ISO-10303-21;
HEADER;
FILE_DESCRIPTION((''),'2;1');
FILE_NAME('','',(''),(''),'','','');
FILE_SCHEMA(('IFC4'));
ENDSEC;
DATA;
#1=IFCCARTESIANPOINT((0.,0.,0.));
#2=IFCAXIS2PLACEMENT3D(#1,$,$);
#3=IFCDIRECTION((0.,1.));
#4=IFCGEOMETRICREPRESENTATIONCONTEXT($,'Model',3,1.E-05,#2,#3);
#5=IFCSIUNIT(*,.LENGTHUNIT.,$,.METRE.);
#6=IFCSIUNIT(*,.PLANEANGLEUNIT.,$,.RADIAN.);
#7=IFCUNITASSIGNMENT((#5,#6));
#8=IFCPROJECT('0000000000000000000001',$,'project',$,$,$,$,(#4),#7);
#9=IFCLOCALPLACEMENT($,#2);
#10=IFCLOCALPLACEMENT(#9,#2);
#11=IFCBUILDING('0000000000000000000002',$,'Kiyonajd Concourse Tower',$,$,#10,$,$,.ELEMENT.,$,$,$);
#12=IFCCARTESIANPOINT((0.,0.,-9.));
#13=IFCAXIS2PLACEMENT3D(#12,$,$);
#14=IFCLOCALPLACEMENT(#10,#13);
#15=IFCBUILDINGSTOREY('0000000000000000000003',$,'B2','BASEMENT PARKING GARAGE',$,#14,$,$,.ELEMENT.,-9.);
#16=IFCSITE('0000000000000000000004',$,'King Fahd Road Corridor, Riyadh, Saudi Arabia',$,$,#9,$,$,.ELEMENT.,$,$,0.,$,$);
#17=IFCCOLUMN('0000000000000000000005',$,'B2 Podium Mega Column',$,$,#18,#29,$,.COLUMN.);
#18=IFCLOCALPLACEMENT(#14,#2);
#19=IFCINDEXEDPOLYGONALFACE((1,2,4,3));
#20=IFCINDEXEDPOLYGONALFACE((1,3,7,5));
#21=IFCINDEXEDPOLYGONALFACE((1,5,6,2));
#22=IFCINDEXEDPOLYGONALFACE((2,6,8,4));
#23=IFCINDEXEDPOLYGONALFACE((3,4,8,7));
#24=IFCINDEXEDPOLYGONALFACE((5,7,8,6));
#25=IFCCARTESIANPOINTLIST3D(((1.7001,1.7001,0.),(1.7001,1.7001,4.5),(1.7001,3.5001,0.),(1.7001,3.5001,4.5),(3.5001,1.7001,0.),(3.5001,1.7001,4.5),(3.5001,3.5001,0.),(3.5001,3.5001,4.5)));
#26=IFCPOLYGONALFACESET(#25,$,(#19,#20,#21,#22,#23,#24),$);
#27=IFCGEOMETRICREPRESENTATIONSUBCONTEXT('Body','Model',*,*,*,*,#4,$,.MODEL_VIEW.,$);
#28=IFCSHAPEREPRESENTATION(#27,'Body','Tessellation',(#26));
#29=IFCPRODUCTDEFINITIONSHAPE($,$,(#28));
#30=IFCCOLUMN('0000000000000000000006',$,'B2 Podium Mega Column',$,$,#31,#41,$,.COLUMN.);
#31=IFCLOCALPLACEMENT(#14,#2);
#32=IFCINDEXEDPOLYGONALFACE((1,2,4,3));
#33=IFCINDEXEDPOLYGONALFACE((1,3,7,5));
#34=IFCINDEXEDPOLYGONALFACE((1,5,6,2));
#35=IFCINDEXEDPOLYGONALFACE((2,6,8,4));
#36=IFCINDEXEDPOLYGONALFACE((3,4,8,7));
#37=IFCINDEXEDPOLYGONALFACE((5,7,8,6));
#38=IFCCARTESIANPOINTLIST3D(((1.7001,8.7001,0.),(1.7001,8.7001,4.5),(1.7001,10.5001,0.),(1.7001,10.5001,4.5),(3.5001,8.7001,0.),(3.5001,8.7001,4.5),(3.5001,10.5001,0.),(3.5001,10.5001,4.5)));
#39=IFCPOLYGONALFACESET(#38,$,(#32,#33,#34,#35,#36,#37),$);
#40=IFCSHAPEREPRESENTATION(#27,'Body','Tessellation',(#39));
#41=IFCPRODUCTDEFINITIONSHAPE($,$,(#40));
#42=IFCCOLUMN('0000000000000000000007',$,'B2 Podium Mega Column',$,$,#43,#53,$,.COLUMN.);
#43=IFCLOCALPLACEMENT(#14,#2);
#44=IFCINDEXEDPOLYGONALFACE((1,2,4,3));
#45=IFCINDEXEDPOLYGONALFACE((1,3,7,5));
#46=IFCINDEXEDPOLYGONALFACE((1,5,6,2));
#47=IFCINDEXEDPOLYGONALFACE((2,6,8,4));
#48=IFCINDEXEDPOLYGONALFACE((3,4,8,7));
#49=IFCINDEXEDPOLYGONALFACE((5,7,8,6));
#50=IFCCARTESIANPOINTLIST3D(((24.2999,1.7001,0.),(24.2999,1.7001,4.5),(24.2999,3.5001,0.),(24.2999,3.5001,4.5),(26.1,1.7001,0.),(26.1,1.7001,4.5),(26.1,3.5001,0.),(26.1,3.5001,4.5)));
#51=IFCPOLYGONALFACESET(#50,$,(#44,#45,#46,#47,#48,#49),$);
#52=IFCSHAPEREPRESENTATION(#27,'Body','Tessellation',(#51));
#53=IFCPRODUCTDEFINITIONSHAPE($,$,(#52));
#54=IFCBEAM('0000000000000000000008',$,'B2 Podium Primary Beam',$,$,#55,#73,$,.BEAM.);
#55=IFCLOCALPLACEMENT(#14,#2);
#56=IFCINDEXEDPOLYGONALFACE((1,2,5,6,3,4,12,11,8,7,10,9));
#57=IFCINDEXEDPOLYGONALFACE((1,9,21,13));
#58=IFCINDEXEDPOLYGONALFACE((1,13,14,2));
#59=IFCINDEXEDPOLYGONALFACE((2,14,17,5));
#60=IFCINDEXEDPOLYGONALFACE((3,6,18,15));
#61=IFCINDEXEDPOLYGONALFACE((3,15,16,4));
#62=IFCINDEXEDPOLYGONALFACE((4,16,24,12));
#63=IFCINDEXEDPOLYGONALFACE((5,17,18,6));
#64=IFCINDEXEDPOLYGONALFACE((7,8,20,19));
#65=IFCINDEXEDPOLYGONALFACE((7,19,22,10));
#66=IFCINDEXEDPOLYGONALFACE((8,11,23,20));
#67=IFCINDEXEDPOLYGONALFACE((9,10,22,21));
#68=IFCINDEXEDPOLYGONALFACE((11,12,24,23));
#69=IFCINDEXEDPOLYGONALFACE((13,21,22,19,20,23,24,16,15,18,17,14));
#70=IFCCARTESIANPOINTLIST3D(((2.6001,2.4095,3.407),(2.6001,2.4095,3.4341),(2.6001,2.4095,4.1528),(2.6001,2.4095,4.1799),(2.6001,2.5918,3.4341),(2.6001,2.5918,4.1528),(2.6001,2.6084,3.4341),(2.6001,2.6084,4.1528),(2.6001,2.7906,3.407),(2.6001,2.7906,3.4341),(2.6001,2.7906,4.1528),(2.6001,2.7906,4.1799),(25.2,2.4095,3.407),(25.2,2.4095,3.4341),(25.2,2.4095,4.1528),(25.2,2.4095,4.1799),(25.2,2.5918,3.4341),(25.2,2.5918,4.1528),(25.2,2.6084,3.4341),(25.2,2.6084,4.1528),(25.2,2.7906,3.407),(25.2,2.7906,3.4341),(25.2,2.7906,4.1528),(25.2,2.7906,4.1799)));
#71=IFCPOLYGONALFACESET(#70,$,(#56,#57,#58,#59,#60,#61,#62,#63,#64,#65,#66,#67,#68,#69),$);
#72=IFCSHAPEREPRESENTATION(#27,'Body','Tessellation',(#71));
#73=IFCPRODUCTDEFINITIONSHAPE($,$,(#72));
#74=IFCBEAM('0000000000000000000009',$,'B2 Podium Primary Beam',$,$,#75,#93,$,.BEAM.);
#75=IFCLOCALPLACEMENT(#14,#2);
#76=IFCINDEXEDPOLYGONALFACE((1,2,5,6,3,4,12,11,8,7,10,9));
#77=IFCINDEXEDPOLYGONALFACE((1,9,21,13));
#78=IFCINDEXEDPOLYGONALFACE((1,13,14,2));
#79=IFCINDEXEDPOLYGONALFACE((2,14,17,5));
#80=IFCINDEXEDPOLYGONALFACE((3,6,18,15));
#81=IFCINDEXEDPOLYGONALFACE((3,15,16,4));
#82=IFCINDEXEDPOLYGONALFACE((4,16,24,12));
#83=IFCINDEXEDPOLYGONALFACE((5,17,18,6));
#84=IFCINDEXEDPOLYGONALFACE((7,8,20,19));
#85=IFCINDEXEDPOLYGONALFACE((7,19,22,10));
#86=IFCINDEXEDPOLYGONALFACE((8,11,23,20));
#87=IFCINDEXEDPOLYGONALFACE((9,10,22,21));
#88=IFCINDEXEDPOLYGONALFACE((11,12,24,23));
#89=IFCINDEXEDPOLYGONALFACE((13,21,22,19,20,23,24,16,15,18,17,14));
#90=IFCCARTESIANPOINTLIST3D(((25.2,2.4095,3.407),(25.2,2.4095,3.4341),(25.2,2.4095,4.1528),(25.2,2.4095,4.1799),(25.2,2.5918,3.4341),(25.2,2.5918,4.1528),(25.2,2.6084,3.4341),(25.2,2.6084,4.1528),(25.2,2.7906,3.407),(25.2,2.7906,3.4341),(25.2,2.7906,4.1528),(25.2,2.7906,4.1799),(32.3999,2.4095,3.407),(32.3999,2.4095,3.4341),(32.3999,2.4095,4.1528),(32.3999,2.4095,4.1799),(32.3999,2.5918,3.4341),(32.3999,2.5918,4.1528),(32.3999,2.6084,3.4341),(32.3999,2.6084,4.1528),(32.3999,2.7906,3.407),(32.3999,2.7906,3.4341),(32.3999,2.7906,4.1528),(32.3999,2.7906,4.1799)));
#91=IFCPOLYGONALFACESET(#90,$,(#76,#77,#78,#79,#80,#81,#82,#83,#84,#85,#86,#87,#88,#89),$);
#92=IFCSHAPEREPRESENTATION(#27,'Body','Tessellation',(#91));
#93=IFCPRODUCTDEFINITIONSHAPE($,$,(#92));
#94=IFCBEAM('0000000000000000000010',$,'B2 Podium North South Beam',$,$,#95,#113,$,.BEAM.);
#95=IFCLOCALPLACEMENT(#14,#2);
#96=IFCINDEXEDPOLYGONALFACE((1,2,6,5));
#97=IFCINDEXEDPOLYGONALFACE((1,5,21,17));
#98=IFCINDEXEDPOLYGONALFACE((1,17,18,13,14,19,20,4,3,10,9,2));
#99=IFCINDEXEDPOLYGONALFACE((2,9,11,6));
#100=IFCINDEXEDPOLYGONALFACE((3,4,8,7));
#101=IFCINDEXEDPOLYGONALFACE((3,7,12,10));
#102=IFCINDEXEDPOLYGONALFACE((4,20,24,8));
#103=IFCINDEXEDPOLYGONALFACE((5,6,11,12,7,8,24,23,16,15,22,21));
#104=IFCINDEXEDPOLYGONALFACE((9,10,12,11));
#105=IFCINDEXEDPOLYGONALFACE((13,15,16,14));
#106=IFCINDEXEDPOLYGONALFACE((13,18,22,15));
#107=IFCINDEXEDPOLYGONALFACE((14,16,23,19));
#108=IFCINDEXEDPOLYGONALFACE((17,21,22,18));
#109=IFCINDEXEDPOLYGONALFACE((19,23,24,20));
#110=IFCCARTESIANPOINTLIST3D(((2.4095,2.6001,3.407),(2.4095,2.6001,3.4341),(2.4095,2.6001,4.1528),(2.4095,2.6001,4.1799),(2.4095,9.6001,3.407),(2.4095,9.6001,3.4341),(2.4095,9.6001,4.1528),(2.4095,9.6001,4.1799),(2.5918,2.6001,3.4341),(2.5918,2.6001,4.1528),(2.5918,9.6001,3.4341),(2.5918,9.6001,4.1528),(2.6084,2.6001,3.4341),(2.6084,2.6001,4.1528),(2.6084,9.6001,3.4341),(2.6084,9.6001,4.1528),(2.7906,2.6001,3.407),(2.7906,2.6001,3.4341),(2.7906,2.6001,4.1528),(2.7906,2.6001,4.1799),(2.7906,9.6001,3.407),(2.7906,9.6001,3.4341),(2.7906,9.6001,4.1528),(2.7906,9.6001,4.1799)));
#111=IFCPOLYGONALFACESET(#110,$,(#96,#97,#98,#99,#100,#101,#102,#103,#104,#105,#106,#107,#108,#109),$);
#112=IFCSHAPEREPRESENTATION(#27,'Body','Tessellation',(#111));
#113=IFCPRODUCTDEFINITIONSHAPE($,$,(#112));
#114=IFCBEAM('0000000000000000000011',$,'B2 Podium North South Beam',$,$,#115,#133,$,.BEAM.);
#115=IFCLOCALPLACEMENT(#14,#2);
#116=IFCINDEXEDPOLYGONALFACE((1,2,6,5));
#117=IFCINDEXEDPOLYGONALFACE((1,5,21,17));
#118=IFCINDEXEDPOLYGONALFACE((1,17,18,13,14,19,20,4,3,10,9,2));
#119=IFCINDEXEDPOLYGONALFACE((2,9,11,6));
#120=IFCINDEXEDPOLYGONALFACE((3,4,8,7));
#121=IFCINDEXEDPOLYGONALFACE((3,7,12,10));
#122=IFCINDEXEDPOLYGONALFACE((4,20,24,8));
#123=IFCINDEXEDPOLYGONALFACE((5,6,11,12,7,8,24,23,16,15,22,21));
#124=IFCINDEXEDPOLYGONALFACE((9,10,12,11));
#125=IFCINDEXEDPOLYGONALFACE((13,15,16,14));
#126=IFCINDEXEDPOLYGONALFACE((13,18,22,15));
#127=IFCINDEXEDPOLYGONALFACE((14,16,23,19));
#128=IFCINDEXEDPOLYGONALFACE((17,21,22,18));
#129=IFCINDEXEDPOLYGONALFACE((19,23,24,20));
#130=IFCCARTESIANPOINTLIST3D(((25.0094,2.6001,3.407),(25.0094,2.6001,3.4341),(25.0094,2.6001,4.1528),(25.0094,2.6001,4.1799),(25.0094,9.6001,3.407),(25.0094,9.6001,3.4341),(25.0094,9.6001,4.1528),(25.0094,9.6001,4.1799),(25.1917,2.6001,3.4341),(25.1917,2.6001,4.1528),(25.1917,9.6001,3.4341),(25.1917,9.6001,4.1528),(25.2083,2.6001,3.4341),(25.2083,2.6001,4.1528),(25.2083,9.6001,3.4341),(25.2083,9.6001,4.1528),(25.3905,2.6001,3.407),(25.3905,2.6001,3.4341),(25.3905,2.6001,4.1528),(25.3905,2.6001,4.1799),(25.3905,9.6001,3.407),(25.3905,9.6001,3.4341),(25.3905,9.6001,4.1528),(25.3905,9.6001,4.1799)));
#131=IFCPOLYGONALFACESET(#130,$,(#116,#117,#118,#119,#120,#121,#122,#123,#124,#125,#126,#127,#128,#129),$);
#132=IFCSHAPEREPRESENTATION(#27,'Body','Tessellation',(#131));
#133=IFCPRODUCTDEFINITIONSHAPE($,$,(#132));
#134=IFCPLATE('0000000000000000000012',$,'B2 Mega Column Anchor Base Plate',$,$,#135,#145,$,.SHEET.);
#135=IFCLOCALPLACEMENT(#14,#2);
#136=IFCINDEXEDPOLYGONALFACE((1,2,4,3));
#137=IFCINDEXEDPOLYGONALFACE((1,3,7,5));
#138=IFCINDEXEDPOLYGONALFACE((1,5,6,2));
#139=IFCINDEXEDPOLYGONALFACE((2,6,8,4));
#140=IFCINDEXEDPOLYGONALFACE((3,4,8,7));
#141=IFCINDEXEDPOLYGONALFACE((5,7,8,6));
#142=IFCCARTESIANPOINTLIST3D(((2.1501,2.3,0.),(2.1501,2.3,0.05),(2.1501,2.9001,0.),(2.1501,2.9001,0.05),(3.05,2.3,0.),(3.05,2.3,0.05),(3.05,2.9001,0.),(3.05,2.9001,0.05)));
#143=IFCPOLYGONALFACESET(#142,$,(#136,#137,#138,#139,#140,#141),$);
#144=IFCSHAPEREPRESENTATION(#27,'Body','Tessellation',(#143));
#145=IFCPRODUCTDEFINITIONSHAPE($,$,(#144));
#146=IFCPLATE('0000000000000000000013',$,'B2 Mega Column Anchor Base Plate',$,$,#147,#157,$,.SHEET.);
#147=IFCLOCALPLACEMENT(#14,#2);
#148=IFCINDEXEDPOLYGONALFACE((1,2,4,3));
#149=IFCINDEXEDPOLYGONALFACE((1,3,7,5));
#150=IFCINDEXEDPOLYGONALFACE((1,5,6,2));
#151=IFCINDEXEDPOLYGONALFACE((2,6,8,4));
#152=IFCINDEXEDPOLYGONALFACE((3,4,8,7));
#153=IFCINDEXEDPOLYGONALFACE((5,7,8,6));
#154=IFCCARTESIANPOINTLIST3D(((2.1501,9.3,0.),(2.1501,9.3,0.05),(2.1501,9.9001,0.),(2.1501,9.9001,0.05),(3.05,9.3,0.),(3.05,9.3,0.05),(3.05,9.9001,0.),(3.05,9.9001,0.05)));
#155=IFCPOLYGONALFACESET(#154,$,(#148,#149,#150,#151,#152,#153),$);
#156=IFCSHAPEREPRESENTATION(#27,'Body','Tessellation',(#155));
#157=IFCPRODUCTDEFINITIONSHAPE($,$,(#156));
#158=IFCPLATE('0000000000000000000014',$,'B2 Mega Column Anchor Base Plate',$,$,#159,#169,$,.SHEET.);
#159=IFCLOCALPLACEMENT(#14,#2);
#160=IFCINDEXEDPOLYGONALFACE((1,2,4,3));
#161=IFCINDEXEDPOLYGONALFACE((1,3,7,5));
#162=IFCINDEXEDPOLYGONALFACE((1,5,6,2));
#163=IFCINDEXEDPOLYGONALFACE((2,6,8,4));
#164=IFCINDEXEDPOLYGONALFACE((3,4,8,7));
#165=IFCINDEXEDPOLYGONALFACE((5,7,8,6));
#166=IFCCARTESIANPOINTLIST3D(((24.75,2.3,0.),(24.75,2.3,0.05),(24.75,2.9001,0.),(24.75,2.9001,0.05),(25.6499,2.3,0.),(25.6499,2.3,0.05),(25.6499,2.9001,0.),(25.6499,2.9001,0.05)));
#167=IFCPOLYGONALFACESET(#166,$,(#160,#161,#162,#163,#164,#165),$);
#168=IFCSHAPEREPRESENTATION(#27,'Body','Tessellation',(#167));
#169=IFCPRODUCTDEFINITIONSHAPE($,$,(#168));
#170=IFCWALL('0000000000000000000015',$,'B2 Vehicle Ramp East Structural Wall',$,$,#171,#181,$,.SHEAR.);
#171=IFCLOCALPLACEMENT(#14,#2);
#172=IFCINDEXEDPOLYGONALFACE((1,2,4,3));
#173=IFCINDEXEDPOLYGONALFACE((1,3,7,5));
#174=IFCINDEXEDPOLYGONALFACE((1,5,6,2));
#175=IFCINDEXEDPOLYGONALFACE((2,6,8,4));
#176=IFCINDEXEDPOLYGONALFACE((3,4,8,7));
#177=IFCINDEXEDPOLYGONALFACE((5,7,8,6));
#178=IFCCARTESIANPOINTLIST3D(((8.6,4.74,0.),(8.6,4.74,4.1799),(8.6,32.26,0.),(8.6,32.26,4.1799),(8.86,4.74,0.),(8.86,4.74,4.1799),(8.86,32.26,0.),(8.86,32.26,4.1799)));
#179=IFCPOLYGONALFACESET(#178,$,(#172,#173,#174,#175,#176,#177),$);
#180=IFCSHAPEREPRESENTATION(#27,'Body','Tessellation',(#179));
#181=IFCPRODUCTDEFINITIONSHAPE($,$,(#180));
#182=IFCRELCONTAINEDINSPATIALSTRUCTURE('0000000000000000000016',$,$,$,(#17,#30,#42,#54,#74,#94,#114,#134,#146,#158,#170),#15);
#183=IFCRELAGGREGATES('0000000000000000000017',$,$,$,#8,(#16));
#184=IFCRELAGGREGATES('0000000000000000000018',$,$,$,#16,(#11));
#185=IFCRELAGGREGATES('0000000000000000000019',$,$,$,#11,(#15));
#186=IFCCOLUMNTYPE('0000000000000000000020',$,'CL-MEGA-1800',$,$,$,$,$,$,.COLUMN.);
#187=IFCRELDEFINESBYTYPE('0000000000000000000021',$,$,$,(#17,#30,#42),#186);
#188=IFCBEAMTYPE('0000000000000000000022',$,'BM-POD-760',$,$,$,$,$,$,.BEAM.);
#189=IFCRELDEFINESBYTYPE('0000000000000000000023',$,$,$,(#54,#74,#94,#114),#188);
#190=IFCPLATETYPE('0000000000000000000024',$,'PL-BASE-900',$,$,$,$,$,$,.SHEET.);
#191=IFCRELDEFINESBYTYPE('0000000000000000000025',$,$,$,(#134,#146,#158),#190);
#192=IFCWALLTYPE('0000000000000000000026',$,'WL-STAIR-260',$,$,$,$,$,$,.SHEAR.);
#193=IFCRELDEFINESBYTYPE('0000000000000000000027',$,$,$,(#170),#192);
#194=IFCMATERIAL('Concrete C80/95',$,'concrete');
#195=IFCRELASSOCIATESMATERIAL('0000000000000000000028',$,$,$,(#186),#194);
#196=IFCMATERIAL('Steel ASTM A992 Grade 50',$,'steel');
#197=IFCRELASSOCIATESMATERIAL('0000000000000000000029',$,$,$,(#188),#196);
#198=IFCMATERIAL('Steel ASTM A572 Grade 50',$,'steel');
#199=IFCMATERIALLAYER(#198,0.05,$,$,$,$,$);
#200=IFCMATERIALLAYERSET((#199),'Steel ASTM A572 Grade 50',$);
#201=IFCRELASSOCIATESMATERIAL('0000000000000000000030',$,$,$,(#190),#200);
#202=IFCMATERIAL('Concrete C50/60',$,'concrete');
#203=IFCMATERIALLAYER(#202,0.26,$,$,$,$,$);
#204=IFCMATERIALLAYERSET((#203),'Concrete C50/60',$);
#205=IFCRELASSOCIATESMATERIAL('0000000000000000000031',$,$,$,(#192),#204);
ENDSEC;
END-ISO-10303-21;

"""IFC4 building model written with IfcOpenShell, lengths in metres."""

from ifc_helpers import new_model, si_unit, direction, frame, frame_2d, origin, origin_2d, place, context, subcontext, project, spatial, rectangle, i_section, extrude, material, layer, layer_set, material_profile, profile_set, type_object, element, save


model = new_model("IFC4")

# Units and contexts
model_context = context("Model", 3, precision=1e-05, world=origin(), true_north=direction((0.0, 1.0)))
body_context = subcontext(model_context, "Body", "Model", "MODEL_VIEW")
ifc_project = project(units=[si_unit("LENGTHUNIT", "METRE"), si_unit("PLANEANGLEUNIT", "RADIAN")], contexts=[model_context])

# Site, building, storey
site_placement = place(None, origin())
site = spatial("IfcSite", under=ifc_project, at=site_placement, Name="King Fahd Road Corridor, Riyadh, Saudi Arabia", CompositionType="ELEMENT", RefElevation=0.0)
building_placement = place(site_placement, origin())
building = spatial("IfcBuilding", under=site, at=building_placement, Name="Kiyonajd Concourse Tower", CompositionType="ELEMENT")
storey_placement = place(building_placement, frame((0.0, 0.0, -9.0)))
storey = spatial("IfcBuildingStorey", under=building, at=storey_placement, Name="B2", Description="BASEMENT PARKING GARAGE", CompositionType="ELEMENT", Elevation=-9.0)

# Shared definitions
ifc_material_1 = material(Name="Concrete C50/60", Category="concrete")

# Columns
ifc_material_2 = material(Name="Concrete C80/95", Category="concrete")
ifc_material_profile_1 = material_profile(ifc_material_2, rectangle(XDim=1.8, YDim=1.8, at=origin_2d()), Name="RC-1800x1800")
ifc_profile_set_1 = profile_set([ifc_material_profile_1], Name="Concrete C80/95")
column_type = type_object("IfcColumnType", Name="CL-MEGA-1800", PredefinedType="COLUMN", material=ifc_profile_set_1)
for number, where, z_axis, x_axis, name in (
    (1, (2.6001, 2.6001, 0.0), (0.0, 0.0, 1.0), (1.0, 0.0, 0.0), "B2 Podium Mega Column"),
    (2, (2.6001, 9.6001, 0.0), (0.0, 0.0, 1.0), (1.0, 0.0, 0.0), "B2 Podium Mega Column"),
    (3, (25.2, 2.6001, 0.0), (0.0, 0.0, 1.0), (1.0, 0.0, 0.0), "B2 Podium Mega Column"),
):
    element("IfcColumn", number, at=place(storey_placement, frame(where, z_axis=z_axis, x_axis=x_axis)), inside=storey, type_object=column_type, Name=name, PredefinedType="COLUMN", context=body_context, shape_type="SweptSolid", body=[
        extrude(rectangle(XDim=1.8, YDim=1.8, at=origin_2d()), origin(), (0.0, 0.0, 1.0), 4.5),
    ])

# Beams
ifc_material_3 = material(Name="Steel ASTM A992 Grade 50", Category="steel")
ifc_material_profile_2 = material_profile(ifc_material_3, i_section(OverallWidth=0.3811, OverallDepth=0.7729, WebThickness=0.0166, FlangeThickness=0.0271, at=origin_2d()), Name="W760X257")
ifc_profile_set_2 = profile_set([ifc_material_profile_2], Name="Steel ASTM A992 Grade 50")
beam_type = type_object("IfcBeamType", Name="BM-POD-760", PredefinedType="BEAM", material=ifc_profile_set_2)
beam_1_placement = place(storey_placement, frame((2.6001, 2.6001, 3.7935), z_axis=(1.0, 0.0, 0.0), x_axis=(0.0, 1.0, 0.0)))
element("IfcBeam", 4, at=beam_1_placement, inside=storey, type_object=beam_type, Name="B2 Podium Primary Beam", PredefinedType="BEAM", context=body_context, shape_type="SweptSolid", body=[
    extrude(i_section(OverallWidth=0.3811, OverallDepth=0.7729, WebThickness=0.0166, FlangeThickness=0.0271, at=origin_2d()), origin(), (0.0, 0.0, 1.0), 22.5999),
])
beam_2_placement = place(storey_placement, frame((25.2, 2.6001, 3.7935), z_axis=(1.0, 0.0, 0.0), x_axis=(0.0, 1.0, 0.0)))
element("IfcBeam", 5, at=beam_2_placement, inside=storey, type_object=beam_type, Name="B2 Podium Primary Beam", PredefinedType="BEAM", context=body_context, shape_type="SweptSolid", body=[
    extrude(i_section(OverallWidth=0.3811, OverallDepth=0.7729, WebThickness=0.0166, FlangeThickness=0.0271, at=origin_2d()), origin(), (0.0, 0.0, 1.0), 7.2),
])
for number, where, z_axis, x_axis, name in (
    (6, (2.6001, 2.6001, 3.7935), (0.0, 1.0, 0.0), (-1.0, 0.0, 0.0), "B2 Podium North South Beam"),
    (7, (25.2, 2.6001, 3.7935), (0.0, 1.0, 0.0), (-1.0, 0.0, 0.0), "B2 Podium North South Beam"),
):
    element("IfcBeam", number, at=place(storey_placement, frame(where, z_axis=z_axis, x_axis=x_axis)), inside=storey, type_object=beam_type, Name=name, PredefinedType="BEAM", context=body_context, shape_type="SweptSolid", body=[
        extrude(i_section(OverallWidth=0.3811, OverallDepth=0.7729, WebThickness=0.0166, FlangeThickness=0.0271, at=origin_2d()), origin(), (0.0, 0.0, 1.0), 7.0),
    ])

# Plates
ifc_material_4 = material(Name="Steel ASTM A572 Grade 50", Category="steel")
ifc_layer_1 = layer(ifc_material_4, 0.05)
ifc_layer_set_1 = layer_set([ifc_layer_1], Name="Steel ASTM A572 Grade 50")
plate_type = type_object("IfcPlateType", Name="PL-BASE-900", PredefinedType="SHEET", material=ifc_layer_set_1)
for number, where, z_axis, x_axis, name in (
    (8, (2.6001, 2.6001, 0.0), (0.0, 0.0, 1.0), (1.0, 0.0, 0.0), "B2 Mega Column Anchor Base Plate"),
    (9, (2.6001, 9.6001, 0.0), (0.0, 0.0, 1.0), (1.0, 0.0, 0.0), "B2 Mega Column Anchor Base Plate"),
    (10, (25.2, 2.6001, 0.0), (0.0, 0.0, 1.0), (1.0, 0.0, 0.0), "B2 Mega Column Anchor Base Plate"),
):
    element("IfcPlate", number, at=place(storey_placement, frame(where, z_axis=z_axis, x_axis=x_axis)), inside=storey, type_object=plate_type, Name=name, PredefinedType="SHEET", context=body_context, shape_type="SweptSolid", body=[
        extrude(rectangle(XDim=0.8999, YDim=0.6001, at=origin_2d()), origin(), (0.0, 0.0, 1.0), 0.05),
    ])

# Wall
ifc_layer_2 = layer(ifc_material_1, 0.26)
ifc_layer_set_2 = layer_set([ifc_layer_2], Name="Concrete C50/60")
wall_type = type_object("IfcWallType", Name="WL-STAIR-260", PredefinedType="SHEAR", material=ifc_layer_set_2)
wall_placement = place(storey_placement, frame((8.73, 4.74, 0.0), z_axis=(0.0, 0.0, 1.0), x_axis=(0.0, 1.0, 0.0)))
element("IfcWall", 11, at=wall_placement, inside=storey, type_object=wall_type, Name="B2 Vehicle Ramp East Structural Wall", PredefinedType="SHEAR", context=body_context, shape_type="SweptSolid", body=[
    extrude(rectangle(XDim=27.52, YDim=0.26, at=frame_2d((13.76, 0.0))), origin(), (0.0, 0.0, 1.0), 4.1799),
])

save(model, "model.ifc")
